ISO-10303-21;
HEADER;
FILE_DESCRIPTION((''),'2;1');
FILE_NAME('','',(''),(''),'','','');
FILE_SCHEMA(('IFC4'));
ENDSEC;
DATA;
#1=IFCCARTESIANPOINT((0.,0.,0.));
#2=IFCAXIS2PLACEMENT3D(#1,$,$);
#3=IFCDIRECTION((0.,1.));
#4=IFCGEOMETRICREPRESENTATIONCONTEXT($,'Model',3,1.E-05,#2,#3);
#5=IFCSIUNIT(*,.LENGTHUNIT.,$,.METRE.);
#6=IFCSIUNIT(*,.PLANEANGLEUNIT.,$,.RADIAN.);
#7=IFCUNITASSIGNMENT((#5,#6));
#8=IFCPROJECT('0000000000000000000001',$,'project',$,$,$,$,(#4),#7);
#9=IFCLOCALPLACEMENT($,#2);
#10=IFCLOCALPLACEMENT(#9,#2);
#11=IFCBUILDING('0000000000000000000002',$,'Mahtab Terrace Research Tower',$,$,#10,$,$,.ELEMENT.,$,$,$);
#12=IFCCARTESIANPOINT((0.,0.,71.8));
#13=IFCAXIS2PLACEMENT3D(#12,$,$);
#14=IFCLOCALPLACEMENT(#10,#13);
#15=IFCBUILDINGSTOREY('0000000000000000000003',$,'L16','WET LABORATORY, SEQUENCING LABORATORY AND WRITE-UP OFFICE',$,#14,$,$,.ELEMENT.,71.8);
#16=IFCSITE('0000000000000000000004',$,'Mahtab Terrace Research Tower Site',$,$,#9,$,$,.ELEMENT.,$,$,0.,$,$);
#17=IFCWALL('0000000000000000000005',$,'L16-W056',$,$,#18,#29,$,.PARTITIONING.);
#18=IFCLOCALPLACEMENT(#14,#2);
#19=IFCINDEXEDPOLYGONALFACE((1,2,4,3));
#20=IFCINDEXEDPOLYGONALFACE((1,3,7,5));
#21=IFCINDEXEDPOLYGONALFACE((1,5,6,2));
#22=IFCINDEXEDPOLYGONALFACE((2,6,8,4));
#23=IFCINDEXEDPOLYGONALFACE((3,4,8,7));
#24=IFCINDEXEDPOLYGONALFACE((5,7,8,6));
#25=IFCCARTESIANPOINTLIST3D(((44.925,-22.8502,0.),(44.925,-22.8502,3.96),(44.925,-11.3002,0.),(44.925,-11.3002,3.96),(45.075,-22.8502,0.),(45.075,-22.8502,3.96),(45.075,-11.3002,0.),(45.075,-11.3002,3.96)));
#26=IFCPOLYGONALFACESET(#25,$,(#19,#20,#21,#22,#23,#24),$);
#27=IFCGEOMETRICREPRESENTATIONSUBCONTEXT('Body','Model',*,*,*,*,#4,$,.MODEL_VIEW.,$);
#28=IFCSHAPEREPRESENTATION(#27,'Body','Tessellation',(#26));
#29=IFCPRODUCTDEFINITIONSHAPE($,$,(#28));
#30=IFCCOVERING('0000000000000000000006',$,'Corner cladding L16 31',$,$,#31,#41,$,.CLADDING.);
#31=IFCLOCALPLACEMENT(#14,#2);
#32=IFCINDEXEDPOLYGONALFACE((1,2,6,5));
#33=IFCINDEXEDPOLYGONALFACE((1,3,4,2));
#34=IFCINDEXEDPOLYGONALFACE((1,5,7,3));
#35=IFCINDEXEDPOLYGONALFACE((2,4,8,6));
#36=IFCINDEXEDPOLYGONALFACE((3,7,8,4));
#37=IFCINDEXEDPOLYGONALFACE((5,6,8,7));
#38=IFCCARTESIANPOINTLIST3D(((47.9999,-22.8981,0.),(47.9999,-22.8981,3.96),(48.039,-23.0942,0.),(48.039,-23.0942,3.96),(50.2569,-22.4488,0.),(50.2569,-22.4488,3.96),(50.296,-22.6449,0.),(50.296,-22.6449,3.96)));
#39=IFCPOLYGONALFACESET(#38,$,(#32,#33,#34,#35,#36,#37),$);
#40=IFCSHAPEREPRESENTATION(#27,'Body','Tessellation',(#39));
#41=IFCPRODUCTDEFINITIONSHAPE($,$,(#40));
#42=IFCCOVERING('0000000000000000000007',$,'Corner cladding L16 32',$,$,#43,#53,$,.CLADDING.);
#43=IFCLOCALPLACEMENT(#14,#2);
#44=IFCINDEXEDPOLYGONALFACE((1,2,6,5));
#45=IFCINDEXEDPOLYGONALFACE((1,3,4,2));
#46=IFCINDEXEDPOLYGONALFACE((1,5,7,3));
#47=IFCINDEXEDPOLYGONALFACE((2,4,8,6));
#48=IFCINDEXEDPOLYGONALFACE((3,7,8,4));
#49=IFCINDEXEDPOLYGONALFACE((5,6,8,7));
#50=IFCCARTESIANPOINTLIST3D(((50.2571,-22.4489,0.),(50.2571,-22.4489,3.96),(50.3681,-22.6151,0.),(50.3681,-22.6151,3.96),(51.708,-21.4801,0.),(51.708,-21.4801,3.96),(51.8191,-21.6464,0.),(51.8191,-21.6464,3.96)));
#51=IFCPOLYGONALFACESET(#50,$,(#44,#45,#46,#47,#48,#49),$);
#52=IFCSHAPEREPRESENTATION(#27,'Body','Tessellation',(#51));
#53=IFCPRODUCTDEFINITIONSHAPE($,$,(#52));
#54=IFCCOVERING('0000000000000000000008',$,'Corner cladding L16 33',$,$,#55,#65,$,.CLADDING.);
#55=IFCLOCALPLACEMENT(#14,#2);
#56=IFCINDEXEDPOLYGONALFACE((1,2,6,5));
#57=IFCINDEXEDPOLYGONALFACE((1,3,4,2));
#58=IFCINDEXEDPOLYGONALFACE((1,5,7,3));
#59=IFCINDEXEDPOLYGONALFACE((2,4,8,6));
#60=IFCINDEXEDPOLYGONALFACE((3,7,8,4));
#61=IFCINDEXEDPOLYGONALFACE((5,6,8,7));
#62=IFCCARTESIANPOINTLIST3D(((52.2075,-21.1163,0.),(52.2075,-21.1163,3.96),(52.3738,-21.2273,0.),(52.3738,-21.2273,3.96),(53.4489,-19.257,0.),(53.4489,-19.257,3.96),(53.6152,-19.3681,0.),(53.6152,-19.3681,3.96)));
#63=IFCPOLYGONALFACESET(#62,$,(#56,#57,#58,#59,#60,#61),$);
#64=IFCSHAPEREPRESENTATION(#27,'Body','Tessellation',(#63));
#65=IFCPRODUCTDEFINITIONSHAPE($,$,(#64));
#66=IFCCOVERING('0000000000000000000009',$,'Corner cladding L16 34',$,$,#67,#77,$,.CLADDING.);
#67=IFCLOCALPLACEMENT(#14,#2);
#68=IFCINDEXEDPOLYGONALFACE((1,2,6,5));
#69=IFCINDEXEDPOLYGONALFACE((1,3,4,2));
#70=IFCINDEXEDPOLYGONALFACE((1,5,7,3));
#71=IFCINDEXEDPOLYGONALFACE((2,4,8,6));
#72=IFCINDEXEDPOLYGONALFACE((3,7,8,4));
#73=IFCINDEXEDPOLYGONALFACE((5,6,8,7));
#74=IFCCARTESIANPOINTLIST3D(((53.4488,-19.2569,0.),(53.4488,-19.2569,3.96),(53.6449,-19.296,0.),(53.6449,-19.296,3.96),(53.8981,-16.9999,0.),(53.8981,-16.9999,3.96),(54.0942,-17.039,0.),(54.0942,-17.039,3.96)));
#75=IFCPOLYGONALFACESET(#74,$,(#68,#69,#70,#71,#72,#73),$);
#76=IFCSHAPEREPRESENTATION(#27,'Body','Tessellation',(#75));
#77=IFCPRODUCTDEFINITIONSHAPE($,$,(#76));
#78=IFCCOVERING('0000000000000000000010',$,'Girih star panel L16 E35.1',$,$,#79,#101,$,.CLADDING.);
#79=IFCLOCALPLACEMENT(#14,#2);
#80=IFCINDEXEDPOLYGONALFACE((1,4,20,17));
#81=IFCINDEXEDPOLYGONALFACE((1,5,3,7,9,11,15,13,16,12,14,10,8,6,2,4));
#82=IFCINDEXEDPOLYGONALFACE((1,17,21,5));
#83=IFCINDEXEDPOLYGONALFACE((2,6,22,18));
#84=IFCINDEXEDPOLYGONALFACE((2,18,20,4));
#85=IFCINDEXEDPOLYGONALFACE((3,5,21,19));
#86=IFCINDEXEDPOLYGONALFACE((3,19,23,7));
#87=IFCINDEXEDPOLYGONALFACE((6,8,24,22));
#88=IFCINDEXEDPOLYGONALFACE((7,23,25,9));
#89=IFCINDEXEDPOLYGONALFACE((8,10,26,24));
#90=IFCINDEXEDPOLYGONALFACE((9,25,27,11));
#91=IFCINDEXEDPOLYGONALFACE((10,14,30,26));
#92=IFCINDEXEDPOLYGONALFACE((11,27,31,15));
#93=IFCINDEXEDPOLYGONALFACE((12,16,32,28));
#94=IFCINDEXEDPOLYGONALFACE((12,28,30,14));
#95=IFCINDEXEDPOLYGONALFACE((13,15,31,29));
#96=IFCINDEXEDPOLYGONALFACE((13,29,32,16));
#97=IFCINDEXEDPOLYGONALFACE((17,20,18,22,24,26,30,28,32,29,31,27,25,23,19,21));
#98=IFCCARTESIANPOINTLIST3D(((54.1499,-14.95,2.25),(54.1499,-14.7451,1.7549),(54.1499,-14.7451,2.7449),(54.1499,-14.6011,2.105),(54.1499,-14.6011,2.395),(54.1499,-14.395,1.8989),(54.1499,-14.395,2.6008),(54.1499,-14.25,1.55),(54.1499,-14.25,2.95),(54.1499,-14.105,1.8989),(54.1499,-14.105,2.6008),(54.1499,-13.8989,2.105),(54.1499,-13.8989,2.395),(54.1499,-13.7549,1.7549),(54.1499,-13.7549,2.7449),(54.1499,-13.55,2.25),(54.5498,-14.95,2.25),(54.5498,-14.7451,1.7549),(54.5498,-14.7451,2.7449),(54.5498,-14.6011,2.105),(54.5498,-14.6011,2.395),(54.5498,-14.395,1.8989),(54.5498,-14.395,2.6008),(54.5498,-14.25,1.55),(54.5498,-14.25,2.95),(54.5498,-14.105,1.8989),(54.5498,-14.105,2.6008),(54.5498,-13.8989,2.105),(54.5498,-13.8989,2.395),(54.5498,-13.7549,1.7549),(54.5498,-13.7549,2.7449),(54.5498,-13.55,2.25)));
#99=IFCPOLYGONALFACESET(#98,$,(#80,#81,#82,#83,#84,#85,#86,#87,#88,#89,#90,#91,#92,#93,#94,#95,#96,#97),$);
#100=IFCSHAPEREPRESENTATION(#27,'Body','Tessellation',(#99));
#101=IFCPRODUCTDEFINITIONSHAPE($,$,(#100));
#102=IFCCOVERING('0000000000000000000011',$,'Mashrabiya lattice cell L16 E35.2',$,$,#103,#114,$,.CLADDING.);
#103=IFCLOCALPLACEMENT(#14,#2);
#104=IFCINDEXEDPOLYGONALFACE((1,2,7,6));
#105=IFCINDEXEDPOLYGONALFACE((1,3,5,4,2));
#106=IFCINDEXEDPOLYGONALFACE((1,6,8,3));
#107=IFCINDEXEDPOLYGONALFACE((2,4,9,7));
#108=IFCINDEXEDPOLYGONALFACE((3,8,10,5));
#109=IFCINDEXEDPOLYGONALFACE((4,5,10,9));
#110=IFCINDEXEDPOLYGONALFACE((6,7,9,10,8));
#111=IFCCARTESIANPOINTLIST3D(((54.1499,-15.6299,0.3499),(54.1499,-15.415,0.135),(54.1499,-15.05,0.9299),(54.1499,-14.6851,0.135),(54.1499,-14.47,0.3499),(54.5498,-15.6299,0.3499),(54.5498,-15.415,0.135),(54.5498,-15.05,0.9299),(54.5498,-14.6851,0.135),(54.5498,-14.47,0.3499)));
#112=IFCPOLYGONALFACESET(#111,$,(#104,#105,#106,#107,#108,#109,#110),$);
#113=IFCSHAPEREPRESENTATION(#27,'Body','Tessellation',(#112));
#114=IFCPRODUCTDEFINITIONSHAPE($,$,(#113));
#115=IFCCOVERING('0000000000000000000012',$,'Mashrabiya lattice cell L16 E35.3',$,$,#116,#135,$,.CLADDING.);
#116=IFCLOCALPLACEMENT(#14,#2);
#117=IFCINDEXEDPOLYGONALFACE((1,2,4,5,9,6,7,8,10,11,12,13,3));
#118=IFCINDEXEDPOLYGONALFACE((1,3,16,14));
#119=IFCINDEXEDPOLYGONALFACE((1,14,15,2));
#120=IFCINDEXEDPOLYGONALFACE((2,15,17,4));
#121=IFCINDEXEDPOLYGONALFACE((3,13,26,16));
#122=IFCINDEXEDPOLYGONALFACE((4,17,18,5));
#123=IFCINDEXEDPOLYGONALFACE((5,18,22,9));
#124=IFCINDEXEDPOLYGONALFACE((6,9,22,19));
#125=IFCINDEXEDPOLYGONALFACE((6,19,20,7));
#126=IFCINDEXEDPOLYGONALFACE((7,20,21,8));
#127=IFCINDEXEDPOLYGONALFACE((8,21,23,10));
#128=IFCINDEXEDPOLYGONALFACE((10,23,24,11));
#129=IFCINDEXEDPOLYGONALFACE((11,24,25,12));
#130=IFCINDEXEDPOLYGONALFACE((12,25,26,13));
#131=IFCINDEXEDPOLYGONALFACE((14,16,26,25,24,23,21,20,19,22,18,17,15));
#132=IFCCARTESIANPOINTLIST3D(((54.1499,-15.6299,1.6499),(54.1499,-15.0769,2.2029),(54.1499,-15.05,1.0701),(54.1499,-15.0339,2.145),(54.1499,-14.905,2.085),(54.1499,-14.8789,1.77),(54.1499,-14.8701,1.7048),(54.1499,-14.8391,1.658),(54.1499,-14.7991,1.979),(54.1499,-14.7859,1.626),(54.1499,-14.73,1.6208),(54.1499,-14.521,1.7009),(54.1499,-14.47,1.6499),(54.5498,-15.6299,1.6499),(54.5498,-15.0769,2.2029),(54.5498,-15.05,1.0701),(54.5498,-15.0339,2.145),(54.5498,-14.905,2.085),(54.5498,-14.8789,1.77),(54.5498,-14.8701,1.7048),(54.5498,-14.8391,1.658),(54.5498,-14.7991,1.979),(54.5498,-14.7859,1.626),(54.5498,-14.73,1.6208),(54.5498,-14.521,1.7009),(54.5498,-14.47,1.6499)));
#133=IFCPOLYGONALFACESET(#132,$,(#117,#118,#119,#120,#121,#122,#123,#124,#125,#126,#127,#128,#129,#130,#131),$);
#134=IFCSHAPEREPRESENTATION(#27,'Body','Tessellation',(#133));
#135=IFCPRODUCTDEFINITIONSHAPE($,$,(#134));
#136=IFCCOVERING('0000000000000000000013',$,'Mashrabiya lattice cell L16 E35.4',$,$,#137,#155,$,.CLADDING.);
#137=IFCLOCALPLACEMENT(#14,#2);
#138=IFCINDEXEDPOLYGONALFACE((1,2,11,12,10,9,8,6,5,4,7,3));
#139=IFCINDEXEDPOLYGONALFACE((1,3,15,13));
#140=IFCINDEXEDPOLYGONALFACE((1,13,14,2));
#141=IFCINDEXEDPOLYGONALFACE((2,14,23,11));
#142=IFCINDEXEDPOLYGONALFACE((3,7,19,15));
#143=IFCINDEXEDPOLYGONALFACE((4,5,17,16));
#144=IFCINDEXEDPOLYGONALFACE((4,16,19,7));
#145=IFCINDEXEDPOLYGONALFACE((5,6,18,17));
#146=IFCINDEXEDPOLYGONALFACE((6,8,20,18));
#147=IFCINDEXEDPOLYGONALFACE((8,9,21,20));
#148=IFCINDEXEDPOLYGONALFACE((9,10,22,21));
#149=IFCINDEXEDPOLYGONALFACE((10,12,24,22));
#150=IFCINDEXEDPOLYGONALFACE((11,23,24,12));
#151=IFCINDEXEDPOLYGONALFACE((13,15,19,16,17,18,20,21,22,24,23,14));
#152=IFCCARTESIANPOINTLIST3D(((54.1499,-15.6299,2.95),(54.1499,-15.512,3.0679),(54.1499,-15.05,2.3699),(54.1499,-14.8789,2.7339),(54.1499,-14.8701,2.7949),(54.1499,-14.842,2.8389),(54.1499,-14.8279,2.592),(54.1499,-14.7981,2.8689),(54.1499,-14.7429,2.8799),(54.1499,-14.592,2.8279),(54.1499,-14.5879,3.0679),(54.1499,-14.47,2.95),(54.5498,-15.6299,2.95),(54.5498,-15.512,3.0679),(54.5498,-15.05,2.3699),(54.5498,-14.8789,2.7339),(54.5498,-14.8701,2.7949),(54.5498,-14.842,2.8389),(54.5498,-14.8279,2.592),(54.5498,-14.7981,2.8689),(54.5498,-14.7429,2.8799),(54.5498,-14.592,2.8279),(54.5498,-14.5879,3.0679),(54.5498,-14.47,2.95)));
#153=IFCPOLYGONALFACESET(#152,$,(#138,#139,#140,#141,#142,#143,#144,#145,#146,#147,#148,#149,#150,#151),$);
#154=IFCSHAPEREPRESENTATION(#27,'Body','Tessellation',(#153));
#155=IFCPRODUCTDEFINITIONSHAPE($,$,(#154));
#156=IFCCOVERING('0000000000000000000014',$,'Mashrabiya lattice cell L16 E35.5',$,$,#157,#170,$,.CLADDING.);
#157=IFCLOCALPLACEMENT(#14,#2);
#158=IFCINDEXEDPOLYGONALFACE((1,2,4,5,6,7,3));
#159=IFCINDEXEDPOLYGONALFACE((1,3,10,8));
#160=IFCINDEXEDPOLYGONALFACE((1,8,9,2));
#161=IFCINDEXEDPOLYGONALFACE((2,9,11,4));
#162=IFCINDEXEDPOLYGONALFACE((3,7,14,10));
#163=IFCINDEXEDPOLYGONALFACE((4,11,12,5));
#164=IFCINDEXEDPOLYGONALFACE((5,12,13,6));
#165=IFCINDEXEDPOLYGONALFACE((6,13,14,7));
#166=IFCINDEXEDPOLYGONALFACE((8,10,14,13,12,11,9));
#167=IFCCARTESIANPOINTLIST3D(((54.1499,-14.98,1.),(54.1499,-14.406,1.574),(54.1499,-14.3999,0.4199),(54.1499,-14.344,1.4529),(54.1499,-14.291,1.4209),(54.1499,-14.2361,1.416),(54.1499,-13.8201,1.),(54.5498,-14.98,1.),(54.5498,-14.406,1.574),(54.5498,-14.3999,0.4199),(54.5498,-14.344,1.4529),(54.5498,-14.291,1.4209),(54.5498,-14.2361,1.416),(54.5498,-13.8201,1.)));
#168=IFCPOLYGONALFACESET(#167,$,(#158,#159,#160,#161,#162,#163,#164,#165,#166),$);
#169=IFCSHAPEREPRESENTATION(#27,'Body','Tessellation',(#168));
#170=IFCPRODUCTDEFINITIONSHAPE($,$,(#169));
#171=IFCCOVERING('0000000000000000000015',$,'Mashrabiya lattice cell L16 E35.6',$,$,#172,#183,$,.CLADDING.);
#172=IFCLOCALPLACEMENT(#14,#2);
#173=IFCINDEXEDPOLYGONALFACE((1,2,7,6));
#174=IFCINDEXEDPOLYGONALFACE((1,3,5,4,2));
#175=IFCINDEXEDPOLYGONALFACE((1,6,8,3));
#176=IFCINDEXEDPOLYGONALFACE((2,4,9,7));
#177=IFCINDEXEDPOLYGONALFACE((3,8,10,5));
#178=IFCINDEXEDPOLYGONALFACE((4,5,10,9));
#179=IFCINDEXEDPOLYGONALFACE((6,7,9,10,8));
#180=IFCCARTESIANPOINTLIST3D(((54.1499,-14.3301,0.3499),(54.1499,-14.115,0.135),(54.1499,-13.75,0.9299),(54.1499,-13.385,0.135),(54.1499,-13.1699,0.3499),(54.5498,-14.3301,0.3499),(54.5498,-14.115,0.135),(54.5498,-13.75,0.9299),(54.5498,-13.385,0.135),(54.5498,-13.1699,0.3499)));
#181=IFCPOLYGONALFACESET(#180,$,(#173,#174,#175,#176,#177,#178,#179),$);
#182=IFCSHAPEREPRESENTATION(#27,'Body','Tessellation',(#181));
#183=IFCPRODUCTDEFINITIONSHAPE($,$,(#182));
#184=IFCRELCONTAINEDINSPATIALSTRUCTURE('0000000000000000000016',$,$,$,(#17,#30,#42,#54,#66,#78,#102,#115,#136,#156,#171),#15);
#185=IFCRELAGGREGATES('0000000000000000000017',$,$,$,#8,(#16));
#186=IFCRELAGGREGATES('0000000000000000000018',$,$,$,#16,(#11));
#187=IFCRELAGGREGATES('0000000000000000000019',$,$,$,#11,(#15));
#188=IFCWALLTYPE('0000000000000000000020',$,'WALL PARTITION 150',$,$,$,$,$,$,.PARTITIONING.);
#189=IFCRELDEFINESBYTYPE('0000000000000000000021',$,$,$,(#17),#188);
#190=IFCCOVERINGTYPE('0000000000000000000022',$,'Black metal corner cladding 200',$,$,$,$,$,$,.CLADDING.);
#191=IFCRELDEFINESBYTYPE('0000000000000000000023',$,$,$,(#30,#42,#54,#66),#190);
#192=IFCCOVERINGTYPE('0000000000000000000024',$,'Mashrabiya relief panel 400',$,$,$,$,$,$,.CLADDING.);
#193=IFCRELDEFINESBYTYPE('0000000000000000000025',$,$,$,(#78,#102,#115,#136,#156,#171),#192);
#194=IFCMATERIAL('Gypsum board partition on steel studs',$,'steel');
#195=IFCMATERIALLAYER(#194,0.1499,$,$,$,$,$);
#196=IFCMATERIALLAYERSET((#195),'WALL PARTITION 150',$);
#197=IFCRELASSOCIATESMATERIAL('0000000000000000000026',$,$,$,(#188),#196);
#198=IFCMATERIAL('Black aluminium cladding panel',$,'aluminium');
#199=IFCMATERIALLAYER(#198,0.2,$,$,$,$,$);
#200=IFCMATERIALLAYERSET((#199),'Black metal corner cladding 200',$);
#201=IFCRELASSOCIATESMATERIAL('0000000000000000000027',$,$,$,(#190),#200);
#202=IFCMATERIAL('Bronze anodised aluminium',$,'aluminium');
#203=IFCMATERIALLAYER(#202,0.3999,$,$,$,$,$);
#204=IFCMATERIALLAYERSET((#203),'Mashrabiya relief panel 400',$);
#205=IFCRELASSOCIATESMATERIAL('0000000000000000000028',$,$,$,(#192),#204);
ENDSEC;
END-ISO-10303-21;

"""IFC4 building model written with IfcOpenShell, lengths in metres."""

from ifc_helpers import new_model, si_unit, direction, frame, frame_2d, origin, origin_2d, place, context, subcontext, project, spatial, polyline, rectangle, outline, extrude, material, layer, layer_set, type_object, element, save


model = new_model("IFC4")

# Units and contexts
model_context = context("Model", 3, precision=1e-05, world=origin(), true_north=direction((0.0, 1.0)))
body_context = subcontext(model_context, "Body", "Model", "MODEL_VIEW")
ifc_project = project(units=[si_unit("LENGTHUNIT", "METRE"), si_unit("PLANEANGLEUNIT", "RADIAN")], contexts=[model_context])

# Site, building, storey
site_placement = place(None, origin())
site = spatial("IfcSite", under=ifc_project, at=site_placement, Name="Mahtab Terrace Research Tower Site", CompositionType="ELEMENT", RefElevation=0.0)
building_placement = place(site_placement, origin())
building = spatial("IfcBuilding", under=site, at=building_placement, Name="Mahtab Terrace Research Tower", CompositionType="ELEMENT")
storey_placement = place(building_placement, frame((0.0, 0.0, 71.8)))
storey = spatial("IfcBuildingStorey", under=building, at=storey_placement, Name="L16", Description="WET LABORATORY, SEQUENCING LABORATORY AND WRITE-UP OFFICE", CompositionType="ELEMENT", Elevation=71.8)

# Wall
ifc_material_1 = material(Name="Black aluminium cladding panel", Category="aluminium")
ifc_material_2 = material(Name="Gypsum board partition on steel studs", Category="steel")
ifc_layer_1 = layer(ifc_material_2, 0.1499)
ifc_layer_set_1 = layer_set([ifc_layer_1], Name="WALL PARTITION 150")
wall_type_1 = type_object("IfcWallType", Name="WALL PARTITION 150", PredefinedType="PARTITIONING", material=ifc_layer_set_1)
wall_1_placement = place(storey_placement, frame((45.0, -22.8501, 0.0), z_axis=(0.0, 0.0, 1.0), x_axis=(0.0, 1.0, 0.0)))
element("IfcWall", 1, at=wall_1_placement, inside=storey, type_object=wall_type_1, Name="L16-W056", PredefinedType="PARTITIONING", context=body_context, shape_type="SweptSolid", body=[
    extrude(rectangle(XDim=11.55, YDim=0.1499, at=frame_2d((5.7749, 0.0))), origin(), (0.0, 0.0, 1.0), 3.96),
])

# Coverings
ifc_layer_2 = layer(ifc_material_1, 0.2)
ifc_layer_set_2 = layer_set([ifc_layer_2], Name="Black metal corner cladding 200")
covering_type_1 = type_object("IfcCoveringType", Name="Black metal corner cladding 200", PredefinedType="CLADDING", material=ifc_layer_set_2)
covering_1_placement = place(storey_placement, frame((49.1479, -22.7715, 0.0), z_axis=(0.0, 0.0, 1.0), x_axis=(0.980761, 0.195212, 0.0)))
element("IfcCovering", 2, at=covering_1_placement, inside=storey, type_object=covering_type_1, Name="Corner cladding L16 31", PredefinedType="CLADDING", context=body_context, shape_type="SweptSolid", body=[
    extrude(rectangle(XDim=2.3013, YDim=0.2, at=origin_2d()), origin(), (0.0, 0.0, 1.0), 3.96),
])
covering_2_placement = place(storey_placement, frame((51.0381, -22.0476, 0.0), z_axis=(0.0, 0.0, 1.0), x_axis=(0.831656, 0.555291, 0.0)))
element("IfcCovering", 3, at=covering_2_placement, inside=storey, type_object=covering_type_1, Name="Corner cladding L16 32", PredefinedType="CLADDING", context=body_context, shape_type="SweptSolid", body=[
    extrude(rectangle(XDim=1.7446, YDim=0.2, at=origin_2d()), origin(), (0.0, 0.0, 1.0), 3.96),
])
covering_3_placement = place(storey_placement, frame((52.9114, -20.2422, 0.0), z_axis=(0.0, 0.0, 1.0), x_axis=(0.555291, 0.831656, 0.0)))
element("IfcCovering", 4, at=covering_3_placement, inside=storey, type_object=covering_type_1, Name="Corner cladding L16 33", PredefinedType="CLADDING", context=body_context, shape_type="SweptSolid", body=[
    extrude(rectangle(XDim=2.2356, YDim=0.2, at=origin_2d()), origin(), (0.0, 0.0, 1.0), 3.96),
])
covering_4_placement = place(storey_placement, frame((53.7715, -18.1479, 0.0), z_axis=(0.0, 0.0, 1.0), x_axis=(0.195212, 0.980761, 0.0)))
element("IfcCovering", 5, at=covering_4_placement, inside=storey, type_object=covering_type_1, Name="Corner cladding L16 34", PredefinedType="CLADDING", context=body_context, shape_type="SweptSolid", body=[
    extrude(rectangle(XDim=2.3013, YDim=0.2, at=origin_2d()), origin(), (0.0, 0.0, 1.0), 3.96),
])
ifc_material_3 = material(Name="Bronze anodised aluminium", Category="aluminium")
ifc_layer_3 = layer(ifc_material_3, 0.3999)
ifc_layer_set_3 = layer_set([ifc_layer_3], Name="Mashrabiya relief panel 400")
covering_type_2 = type_object("IfcCoveringType", Name="Mashrabiya relief panel 400", PredefinedType="CLADDING", material=ifc_layer_set_3)
covering_5_placement = place(storey_placement, frame((54.1499, -14.105, 2.6008), z_axis=(-1.0, 0.0, 0.0), x_axis=(0.0, 0.924785, 0.38049)))
element("IfcCovering", 6, at=covering_5_placement, inside=storey, type_object=covering_type_2, Name="Girih star panel L16 E35.1", PredefinedType="CLADDING", context=body_context, shape_type="SweptSolid", body=[
    extrude(outline(polyline([(0.0, 0.0), (0.3786, 0.0), (0.1122, 0.2687), (0.3797, 0.5356), (0.0019, 0.537), (0.0019, 0.9155), (-0.2671, 0.6491), (-0.5339, 0.9166), (-0.5353, 0.5388), (-0.9139, 0.5388), (-0.6474, 0.2698), (-0.9149, 0.0029), (-0.5371, 0.0016), (-0.5372, -0.3768), (-0.2682, -0.1104), (-0.0013, -0.378), (0.0, 0.0)])), origin(), (0.0, 0.0, -1.0), 0.3999),
])
covering_6_placement = place(storey_placement, frame((54.1499, -15.6299, 0.3499), z_axis=(-1.0, 0.0, 0.0), x_axis=(0.0, 0.706958, 0.707256)))
element("IfcCovering", 7, at=covering_6_placement, inside=storey, type_object=covering_type_2, Name="Mashrabiya lattice cell L16 E35.2", PredefinedType="CLADDING", context=body_context, shape_type="SweptSolid", body=[
    extrude(outline(polyline([(0.0, 0.0), (0.8202, 0.0), (0.82, 0.8204), (0.516, 0.8201), (-0.0001, 0.3038), (0.0, 0.0)])), origin(), (0.0, 0.0, -1.0), 0.3999),
])
covering_7_placement = place(storey_placement, frame((54.1499, -14.47, 1.6499), z_axis=(-1.0, 0.0, 0.0), x_axis=(0.0, -0.707256, -0.706958)))
element("IfcCovering", 8, at=covering_7_placement, inside=storey, type_object=covering_type_2, Name="Mashrabiya lattice cell L16 E35.3", PredefinedType="CLADDING", context=body_context, shape_type="SweptSolid", body=[
    extrude(outline(polyline([(0.0, 0.0), (0.8202, 0.0), (0.8204, 0.82), (0.0383, 0.8202), (0.0488, 0.7489), (0.0001, 0.6153), (0.0001, 0.4654), (0.2043, 0.3741), (0.2442, 0.3217), (0.2554, 0.2667), (0.2403, 0.2064), (0.2044, 0.1633), (0.0, 0.0722), (0.0, 0.0)])), origin(), (0.0, 0.0, -1.0), 0.3999),
])
covering_8_placement = place(storey_placement, frame((54.1499, -15.05, 2.3699), z_axis=(-1.0, 0.0, 0.0), x_axis=(0.0, -0.706958, 0.707256)))
element("IfcCovering", 9, at=covering_8_placement, inside=storey, type_object=covering_type_2, Name="Mashrabiya lattice cell L16 E35.4", PredefinedType="CLADDING", context=body_context, shape_type="SweptSolid", body=[
    extrude(outline(polyline([(0.0, 0.0), (0.8202, 0.0), (0.8202, 0.1668), (0.1669, 0.8203), (0.0002, 0.8204), (0.0001, 0.6477), (0.1436, 0.5778), (0.1748, 0.531), (0.1846, 0.4787), (0.1734, 0.4277), (0.1365, 0.3784), (0.0001, 0.3142), (0.0, 0.0)])), origin(), (0.0, 0.0, -1.0), 0.3999),
])
covering_9_placement = place(storey_placement, frame((54.1499, -13.8201, 1.0), z_axis=(-1.0, 0.0, 0.0), x_axis=(0.0, -0.706958, -0.707256)))
element("IfcCovering", 10, at=covering_9_placement, inside=storey, type_object=covering_type_2, Name="Mashrabiya lattice cell L16 E35.5", PredefinedType="CLADDING", context=body_context, shape_type="SweptSolid", body=[
    extrude(outline(polyline([(0.0, 0.0), (0.8202, 0.0), (0.82, 0.8204), (0.0083, 0.8202), (0.0501, 0.6907), (0.0353, 0.6306), (-0.0001, 0.5883), (0.0, 0.0)])), origin(), (0.0, 0.0, -1.0), 0.3999),
])
covering_10_placement = place(storey_placement, frame((54.1499, -14.3301, 0.3499), z_axis=(-1.0, 0.0, 0.0), x_axis=(0.0, 0.707107, 0.707107)))
element("IfcCovering", 11, at=covering_10_placement, inside=storey, type_object=covering_type_2, Name="Mashrabiya lattice cell L16 E35.6", PredefinedType="CLADDING", context=body_context, shape_type="SweptSolid", body=[
    extrude(outline(polyline([(0.0, 0.0), (0.8204, 0.0), (0.8204, 0.8204), (0.5163, 0.8202), (0.0002, 0.304), (0.0, 0.0)])), origin(), (0.0, 0.0, -1.0), 0.3999),
])

save(model, "model.ifc")
